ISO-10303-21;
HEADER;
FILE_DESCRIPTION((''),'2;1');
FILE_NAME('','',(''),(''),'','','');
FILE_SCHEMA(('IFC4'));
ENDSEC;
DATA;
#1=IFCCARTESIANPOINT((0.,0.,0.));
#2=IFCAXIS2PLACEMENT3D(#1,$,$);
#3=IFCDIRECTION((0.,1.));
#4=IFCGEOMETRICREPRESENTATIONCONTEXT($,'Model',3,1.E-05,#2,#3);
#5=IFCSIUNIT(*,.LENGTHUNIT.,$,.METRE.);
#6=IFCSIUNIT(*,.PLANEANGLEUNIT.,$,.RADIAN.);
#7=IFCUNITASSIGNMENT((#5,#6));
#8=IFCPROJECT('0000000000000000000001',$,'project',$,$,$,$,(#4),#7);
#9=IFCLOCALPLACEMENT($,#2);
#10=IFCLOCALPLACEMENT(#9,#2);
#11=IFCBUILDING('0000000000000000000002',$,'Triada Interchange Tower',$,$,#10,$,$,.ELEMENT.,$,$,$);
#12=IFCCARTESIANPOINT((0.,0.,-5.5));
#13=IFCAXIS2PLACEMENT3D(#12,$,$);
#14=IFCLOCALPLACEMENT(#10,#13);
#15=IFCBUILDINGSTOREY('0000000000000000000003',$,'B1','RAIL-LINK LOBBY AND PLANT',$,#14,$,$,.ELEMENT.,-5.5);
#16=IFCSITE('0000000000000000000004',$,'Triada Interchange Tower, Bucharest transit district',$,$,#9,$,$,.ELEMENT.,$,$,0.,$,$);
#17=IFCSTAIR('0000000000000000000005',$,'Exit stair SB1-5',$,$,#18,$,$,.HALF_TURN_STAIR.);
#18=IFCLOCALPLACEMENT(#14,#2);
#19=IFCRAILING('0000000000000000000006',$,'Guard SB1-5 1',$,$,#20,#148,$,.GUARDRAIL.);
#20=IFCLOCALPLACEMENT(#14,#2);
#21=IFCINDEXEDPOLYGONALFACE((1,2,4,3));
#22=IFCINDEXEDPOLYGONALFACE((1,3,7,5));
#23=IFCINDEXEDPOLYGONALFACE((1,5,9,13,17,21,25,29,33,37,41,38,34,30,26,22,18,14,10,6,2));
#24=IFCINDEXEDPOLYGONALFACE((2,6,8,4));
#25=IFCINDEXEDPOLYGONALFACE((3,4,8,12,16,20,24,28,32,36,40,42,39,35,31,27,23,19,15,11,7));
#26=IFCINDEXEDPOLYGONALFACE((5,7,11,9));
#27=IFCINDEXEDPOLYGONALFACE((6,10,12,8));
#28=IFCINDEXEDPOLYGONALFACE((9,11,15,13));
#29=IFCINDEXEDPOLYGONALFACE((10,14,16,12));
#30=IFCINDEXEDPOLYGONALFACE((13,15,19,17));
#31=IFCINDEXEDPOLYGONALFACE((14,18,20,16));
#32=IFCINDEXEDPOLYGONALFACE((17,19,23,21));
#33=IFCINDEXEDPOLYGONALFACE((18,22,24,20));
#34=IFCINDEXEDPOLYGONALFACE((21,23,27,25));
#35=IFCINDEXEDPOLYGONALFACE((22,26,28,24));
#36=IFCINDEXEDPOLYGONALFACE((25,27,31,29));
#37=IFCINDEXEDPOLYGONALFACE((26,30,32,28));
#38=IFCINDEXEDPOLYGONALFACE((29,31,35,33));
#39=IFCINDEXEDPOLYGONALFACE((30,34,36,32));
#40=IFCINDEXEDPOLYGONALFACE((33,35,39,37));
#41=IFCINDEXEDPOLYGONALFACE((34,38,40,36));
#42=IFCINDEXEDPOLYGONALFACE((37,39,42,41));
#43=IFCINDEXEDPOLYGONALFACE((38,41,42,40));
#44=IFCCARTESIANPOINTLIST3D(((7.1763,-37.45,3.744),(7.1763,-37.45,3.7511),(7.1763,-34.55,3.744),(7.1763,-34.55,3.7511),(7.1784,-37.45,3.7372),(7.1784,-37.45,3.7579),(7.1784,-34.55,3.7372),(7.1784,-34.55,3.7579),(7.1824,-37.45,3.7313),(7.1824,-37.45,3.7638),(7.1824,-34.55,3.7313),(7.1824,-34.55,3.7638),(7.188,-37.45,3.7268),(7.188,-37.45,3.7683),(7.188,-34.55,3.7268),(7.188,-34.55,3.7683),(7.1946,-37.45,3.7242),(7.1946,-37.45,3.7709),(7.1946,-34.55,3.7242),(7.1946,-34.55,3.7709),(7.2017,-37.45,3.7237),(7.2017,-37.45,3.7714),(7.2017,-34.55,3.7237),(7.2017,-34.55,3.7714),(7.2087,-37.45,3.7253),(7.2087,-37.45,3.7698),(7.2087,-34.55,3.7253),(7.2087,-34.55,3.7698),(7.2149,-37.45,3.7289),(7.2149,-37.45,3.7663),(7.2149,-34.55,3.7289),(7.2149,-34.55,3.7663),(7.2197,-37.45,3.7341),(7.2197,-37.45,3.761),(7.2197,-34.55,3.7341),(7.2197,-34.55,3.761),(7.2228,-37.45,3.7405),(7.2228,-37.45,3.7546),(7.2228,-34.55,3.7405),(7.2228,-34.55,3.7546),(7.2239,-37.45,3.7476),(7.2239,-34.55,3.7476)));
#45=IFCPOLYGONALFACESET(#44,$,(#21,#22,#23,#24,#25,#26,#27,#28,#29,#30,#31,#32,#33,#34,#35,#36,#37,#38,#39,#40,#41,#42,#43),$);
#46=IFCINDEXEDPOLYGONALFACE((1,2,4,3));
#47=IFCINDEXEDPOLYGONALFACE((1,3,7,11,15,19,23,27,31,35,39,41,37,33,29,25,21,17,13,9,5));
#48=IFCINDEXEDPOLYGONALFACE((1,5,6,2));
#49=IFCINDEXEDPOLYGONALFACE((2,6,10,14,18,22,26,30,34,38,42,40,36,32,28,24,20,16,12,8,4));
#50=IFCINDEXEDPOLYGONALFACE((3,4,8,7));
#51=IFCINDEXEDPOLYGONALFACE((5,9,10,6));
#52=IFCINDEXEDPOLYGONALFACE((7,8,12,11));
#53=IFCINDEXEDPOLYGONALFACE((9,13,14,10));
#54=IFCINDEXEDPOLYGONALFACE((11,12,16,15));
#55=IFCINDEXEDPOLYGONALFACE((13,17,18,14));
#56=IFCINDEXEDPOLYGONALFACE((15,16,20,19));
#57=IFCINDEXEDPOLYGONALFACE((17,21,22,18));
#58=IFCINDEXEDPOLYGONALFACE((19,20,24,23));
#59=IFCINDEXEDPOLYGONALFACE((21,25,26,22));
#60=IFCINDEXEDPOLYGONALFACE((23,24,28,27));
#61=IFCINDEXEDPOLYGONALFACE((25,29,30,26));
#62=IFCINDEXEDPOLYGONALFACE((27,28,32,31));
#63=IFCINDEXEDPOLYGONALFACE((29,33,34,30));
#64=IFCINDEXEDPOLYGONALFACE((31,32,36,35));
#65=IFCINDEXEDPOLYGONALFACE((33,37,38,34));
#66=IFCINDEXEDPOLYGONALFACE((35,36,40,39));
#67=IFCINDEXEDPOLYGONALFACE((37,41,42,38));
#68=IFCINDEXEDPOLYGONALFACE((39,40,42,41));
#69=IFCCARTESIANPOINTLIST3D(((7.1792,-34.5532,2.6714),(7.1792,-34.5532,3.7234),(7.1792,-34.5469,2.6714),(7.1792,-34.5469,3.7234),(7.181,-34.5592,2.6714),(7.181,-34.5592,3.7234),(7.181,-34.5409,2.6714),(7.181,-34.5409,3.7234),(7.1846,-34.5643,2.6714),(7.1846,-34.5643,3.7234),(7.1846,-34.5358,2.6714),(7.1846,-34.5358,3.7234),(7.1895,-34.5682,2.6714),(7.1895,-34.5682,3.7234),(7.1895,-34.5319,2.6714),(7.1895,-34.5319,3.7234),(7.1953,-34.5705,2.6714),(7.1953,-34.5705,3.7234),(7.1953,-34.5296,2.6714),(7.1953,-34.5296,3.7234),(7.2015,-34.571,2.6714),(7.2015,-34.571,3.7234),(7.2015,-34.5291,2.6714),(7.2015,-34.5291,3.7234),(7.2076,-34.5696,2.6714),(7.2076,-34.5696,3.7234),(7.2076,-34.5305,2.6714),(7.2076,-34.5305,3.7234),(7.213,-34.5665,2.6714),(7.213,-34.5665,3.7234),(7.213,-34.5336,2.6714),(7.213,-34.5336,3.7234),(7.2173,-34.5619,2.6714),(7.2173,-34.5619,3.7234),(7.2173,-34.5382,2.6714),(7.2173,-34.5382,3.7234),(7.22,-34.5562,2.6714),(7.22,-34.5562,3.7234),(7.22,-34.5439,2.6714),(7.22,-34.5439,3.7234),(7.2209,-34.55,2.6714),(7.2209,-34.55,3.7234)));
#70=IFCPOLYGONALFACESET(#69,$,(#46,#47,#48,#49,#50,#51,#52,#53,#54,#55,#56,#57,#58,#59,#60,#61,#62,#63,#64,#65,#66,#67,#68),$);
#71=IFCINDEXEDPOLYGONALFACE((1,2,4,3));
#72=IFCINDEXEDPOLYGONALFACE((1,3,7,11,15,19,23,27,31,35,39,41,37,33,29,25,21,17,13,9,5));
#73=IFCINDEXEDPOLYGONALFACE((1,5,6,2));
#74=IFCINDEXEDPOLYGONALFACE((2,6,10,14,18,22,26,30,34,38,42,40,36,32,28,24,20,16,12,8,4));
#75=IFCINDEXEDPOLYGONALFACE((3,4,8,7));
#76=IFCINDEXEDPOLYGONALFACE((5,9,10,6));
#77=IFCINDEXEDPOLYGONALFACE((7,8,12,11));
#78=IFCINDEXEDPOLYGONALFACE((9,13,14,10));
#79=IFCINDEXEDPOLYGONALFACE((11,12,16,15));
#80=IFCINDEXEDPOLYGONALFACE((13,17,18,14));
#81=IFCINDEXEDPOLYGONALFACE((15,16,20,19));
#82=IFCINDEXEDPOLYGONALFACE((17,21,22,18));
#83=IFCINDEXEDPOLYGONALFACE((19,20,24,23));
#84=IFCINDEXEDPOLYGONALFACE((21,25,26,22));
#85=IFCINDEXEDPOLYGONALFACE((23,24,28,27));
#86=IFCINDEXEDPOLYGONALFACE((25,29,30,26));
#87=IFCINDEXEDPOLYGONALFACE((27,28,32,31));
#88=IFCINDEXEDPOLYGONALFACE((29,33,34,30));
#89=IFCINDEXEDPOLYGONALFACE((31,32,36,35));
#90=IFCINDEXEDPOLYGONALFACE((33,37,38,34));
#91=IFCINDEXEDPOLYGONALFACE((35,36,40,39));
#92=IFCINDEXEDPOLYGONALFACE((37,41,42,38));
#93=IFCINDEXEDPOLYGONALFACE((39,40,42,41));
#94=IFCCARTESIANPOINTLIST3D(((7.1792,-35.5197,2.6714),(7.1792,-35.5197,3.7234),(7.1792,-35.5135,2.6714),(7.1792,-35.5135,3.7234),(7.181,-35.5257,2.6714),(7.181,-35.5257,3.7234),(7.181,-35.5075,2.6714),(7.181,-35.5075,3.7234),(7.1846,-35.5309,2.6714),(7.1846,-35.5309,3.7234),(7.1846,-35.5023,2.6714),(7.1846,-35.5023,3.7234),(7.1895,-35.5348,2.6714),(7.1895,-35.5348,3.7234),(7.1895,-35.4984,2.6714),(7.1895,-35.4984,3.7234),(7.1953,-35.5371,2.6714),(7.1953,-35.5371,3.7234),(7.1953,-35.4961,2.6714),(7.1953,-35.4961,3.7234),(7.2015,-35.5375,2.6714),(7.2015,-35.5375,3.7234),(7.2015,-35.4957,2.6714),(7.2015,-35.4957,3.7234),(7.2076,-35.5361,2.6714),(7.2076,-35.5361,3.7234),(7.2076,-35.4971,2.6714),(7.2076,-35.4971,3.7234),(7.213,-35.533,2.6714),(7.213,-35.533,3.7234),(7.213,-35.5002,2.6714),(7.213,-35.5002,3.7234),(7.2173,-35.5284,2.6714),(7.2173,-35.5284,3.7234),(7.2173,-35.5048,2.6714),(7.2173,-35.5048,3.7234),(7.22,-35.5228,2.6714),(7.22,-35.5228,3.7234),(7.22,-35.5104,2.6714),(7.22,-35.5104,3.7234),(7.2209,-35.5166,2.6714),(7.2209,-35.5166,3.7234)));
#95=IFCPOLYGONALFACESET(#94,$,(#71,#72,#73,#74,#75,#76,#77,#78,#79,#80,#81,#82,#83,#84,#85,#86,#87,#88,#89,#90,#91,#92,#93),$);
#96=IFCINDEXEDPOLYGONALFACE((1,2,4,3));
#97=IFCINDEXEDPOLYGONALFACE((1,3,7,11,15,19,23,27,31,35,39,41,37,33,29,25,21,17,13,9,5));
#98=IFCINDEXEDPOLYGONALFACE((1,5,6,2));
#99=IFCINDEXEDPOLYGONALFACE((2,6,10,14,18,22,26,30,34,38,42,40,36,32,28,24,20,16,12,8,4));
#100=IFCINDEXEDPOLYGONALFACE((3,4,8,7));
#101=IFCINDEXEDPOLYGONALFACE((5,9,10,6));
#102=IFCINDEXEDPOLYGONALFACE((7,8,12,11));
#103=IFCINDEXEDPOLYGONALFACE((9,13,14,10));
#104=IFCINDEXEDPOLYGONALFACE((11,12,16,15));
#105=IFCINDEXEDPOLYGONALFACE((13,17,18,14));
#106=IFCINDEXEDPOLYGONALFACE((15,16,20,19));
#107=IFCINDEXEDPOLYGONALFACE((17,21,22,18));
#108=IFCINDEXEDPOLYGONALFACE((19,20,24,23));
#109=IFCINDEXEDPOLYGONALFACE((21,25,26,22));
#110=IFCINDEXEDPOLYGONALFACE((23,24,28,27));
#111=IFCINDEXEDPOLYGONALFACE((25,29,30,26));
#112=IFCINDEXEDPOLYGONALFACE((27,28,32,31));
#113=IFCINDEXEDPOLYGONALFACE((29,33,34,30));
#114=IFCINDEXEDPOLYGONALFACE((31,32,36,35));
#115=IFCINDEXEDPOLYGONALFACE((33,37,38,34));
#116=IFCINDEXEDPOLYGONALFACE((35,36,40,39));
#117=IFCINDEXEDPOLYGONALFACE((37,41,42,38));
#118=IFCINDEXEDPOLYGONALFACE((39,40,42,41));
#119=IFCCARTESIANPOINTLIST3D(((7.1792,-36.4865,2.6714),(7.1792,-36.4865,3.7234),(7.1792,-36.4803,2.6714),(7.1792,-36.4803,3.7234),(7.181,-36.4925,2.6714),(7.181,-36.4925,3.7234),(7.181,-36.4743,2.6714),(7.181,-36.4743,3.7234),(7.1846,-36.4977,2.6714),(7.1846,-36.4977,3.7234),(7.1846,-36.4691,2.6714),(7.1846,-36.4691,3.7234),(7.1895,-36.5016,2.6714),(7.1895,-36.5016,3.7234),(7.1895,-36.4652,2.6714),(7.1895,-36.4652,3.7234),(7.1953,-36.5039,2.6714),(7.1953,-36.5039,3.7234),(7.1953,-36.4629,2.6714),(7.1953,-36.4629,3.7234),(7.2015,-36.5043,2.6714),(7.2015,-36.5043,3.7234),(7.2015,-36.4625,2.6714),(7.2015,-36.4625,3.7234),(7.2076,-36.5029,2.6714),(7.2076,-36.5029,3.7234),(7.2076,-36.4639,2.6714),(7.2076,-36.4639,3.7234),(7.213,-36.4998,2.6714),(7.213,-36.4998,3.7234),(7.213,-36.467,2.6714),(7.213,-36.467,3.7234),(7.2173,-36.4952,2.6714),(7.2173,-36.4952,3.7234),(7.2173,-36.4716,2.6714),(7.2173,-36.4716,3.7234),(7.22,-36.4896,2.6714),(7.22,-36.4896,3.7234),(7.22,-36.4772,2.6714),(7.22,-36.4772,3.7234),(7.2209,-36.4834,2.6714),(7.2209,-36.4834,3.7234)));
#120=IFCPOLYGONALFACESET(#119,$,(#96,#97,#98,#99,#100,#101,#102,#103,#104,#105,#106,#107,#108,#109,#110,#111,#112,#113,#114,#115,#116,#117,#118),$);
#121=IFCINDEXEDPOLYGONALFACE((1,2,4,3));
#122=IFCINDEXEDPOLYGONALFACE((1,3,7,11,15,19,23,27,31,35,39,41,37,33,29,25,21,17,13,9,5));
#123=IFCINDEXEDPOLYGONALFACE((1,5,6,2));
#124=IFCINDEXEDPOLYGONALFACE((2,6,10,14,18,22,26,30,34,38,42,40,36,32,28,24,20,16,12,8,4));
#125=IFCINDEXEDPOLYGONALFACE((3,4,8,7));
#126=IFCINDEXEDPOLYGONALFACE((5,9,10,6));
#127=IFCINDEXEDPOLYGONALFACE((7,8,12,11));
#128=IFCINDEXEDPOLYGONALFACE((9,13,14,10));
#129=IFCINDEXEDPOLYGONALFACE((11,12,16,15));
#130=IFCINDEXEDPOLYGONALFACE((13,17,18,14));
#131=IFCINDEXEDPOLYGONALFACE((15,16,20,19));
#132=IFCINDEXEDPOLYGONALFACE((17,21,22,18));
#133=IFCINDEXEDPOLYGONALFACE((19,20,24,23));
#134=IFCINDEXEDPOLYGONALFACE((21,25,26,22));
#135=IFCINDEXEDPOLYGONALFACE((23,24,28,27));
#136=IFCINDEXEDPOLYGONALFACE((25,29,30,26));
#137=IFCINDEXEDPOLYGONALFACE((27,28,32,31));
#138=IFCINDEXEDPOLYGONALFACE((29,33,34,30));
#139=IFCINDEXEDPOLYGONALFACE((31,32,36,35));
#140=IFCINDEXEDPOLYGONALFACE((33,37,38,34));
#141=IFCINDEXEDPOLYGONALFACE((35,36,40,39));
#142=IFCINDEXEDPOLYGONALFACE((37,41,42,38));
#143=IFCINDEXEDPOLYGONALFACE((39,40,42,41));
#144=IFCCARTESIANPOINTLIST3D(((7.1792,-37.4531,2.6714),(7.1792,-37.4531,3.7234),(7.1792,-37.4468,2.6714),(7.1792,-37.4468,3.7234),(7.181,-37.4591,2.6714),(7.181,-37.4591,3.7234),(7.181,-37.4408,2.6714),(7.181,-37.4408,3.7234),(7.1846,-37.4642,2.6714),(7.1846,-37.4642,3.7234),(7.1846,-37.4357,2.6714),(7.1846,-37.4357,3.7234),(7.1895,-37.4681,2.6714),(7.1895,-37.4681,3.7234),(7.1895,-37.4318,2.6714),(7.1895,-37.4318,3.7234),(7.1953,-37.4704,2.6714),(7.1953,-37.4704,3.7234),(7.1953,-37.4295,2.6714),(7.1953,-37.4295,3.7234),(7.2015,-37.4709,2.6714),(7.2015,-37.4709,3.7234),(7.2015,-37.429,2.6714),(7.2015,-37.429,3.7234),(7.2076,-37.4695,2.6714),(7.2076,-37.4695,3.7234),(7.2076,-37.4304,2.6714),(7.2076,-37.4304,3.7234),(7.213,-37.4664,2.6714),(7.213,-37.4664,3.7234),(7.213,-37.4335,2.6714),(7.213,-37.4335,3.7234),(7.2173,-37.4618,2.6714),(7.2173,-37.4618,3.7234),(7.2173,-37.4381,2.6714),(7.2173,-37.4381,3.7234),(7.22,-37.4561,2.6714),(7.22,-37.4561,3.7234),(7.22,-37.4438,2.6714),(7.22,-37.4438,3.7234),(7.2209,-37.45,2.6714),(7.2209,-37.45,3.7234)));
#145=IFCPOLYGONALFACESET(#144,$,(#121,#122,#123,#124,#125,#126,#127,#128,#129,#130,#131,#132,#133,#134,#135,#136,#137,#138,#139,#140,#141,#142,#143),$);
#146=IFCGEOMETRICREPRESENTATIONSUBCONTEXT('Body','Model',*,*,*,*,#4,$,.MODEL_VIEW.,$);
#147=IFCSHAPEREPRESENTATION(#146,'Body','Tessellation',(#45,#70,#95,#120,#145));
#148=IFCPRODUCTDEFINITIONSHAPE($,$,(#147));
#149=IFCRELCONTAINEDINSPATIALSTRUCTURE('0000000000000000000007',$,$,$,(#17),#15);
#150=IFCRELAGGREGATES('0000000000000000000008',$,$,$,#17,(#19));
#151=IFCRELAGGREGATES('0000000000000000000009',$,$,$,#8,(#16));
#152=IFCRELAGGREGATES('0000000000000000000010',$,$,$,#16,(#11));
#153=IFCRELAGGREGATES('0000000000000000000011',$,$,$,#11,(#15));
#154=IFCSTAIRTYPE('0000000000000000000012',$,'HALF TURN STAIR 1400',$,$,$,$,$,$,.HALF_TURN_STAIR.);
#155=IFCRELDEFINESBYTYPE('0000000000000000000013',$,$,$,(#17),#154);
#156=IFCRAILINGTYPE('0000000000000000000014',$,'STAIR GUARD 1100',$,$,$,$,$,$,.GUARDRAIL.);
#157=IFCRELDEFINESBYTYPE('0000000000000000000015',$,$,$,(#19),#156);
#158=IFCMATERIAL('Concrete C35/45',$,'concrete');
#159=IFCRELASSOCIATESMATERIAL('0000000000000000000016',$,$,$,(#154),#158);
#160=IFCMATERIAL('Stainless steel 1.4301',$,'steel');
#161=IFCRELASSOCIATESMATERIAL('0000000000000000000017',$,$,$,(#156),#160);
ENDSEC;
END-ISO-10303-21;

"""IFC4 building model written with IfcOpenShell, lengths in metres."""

from ifc_helpers import new_model, si_unit, direction, frame, origin, origin_2d, place, context, subcontext, project, spatial, circle, extrude, material, type_object, element, aggregate, save


model = new_model("IFC4")

# Units and contexts
model_context = context("Model", 3, precision=1e-05, world=origin(), true_north=direction((0.0, 1.0)))
body_context = subcontext(model_context, "Body", "Model", "MODEL_VIEW")
ifc_project = project(units=[si_unit("LENGTHUNIT", "METRE"), si_unit("PLANEANGLEUNIT", "RADIAN")], contexts=[model_context])

# Site, building, storey
site_placement = place(None, origin())
site = spatial("IfcSite", under=ifc_project, at=site_placement, Name="Triada Interchange Tower, Bucharest transit district", CompositionType="ELEMENT", RefElevation=0.0)
building_placement = place(site_placement, origin())
building = spatial("IfcBuilding", under=site, at=building_placement, Name="Triada Interchange Tower", CompositionType="ELEMENT")
storey_placement = place(building_placement, frame((0.0, 0.0, -5.5)))
storey = spatial("IfcBuildingStorey", under=building, at=storey_placement, Name="B1", Description="RAIL-LINK LOBBY AND PLANT", CompositionType="ELEMENT", Elevation=-5.5)

# Shared definitions
ifc_material_1 = material(Name="Concrete C35/45", Category="concrete")

# Stair
stair_type = type_object("IfcStairType", Name="HALF TURN STAIR 1400", PredefinedType="HALF_TURN_STAIR", material=ifc_material_1)
stair_1_placement = place(storey_placement, origin())
stair_1 = element("IfcStair", 1, at=stair_1_placement, inside=storey, type_object=stair_type, Name="Exit stair SB1-5", PredefinedType="HALF_TURN_STAIR")

# Railing
ifc_material_2 = material(Name="Stainless steel 1.4301", Category="steel")
railing_type_1 = type_object("IfcRailingType", Name="STAIR GUARD 1100", PredefinedType="GUARDRAIL", material=ifc_material_2)
railing_1_placement = place(storey_placement, frame((7.2, -34.55, 2.6714)))
railing_1 = element("IfcRailing", 2, at=railing_1_placement, type_object=railing_type_1, Name="Guard SB1-5 1", PredefinedType="GUARDRAIL", context=body_context, shape_type="SweptSolid", body=[
    extrude(circle(Radius=0.0239, at=origin_2d()), frame((0.0, 0.0, 1.0762), z_axis=(0.0, -1.0, 0.0), x_axis=(1.0, 0.0, 0.0)), (0.0, 0.0, 1.0), 2.8999),
    extrude(circle(Radius=0.021, at=origin_2d()), origin(), (0.0, 0.0, 1.0), 1.052),
    extrude(circle(Radius=0.021, at=origin_2d()), frame((0.0, -0.9666, 0.0)), (0.0, 0.0, 1.0), 1.052),
    extrude(circle(Radius=0.021, at=origin_2d()), frame((0.0, -1.9333, 0.0)), (0.0, 0.0, 1.0), 1.052),
    extrude(circle(Radius=0.021, at=origin_2d()), frame((0.0, -2.8999, 0.0)), (0.0, 0.0, 1.0), 1.052),
])
aggregate(stair_1, [railing_1])

save(model, "model.ifc")
